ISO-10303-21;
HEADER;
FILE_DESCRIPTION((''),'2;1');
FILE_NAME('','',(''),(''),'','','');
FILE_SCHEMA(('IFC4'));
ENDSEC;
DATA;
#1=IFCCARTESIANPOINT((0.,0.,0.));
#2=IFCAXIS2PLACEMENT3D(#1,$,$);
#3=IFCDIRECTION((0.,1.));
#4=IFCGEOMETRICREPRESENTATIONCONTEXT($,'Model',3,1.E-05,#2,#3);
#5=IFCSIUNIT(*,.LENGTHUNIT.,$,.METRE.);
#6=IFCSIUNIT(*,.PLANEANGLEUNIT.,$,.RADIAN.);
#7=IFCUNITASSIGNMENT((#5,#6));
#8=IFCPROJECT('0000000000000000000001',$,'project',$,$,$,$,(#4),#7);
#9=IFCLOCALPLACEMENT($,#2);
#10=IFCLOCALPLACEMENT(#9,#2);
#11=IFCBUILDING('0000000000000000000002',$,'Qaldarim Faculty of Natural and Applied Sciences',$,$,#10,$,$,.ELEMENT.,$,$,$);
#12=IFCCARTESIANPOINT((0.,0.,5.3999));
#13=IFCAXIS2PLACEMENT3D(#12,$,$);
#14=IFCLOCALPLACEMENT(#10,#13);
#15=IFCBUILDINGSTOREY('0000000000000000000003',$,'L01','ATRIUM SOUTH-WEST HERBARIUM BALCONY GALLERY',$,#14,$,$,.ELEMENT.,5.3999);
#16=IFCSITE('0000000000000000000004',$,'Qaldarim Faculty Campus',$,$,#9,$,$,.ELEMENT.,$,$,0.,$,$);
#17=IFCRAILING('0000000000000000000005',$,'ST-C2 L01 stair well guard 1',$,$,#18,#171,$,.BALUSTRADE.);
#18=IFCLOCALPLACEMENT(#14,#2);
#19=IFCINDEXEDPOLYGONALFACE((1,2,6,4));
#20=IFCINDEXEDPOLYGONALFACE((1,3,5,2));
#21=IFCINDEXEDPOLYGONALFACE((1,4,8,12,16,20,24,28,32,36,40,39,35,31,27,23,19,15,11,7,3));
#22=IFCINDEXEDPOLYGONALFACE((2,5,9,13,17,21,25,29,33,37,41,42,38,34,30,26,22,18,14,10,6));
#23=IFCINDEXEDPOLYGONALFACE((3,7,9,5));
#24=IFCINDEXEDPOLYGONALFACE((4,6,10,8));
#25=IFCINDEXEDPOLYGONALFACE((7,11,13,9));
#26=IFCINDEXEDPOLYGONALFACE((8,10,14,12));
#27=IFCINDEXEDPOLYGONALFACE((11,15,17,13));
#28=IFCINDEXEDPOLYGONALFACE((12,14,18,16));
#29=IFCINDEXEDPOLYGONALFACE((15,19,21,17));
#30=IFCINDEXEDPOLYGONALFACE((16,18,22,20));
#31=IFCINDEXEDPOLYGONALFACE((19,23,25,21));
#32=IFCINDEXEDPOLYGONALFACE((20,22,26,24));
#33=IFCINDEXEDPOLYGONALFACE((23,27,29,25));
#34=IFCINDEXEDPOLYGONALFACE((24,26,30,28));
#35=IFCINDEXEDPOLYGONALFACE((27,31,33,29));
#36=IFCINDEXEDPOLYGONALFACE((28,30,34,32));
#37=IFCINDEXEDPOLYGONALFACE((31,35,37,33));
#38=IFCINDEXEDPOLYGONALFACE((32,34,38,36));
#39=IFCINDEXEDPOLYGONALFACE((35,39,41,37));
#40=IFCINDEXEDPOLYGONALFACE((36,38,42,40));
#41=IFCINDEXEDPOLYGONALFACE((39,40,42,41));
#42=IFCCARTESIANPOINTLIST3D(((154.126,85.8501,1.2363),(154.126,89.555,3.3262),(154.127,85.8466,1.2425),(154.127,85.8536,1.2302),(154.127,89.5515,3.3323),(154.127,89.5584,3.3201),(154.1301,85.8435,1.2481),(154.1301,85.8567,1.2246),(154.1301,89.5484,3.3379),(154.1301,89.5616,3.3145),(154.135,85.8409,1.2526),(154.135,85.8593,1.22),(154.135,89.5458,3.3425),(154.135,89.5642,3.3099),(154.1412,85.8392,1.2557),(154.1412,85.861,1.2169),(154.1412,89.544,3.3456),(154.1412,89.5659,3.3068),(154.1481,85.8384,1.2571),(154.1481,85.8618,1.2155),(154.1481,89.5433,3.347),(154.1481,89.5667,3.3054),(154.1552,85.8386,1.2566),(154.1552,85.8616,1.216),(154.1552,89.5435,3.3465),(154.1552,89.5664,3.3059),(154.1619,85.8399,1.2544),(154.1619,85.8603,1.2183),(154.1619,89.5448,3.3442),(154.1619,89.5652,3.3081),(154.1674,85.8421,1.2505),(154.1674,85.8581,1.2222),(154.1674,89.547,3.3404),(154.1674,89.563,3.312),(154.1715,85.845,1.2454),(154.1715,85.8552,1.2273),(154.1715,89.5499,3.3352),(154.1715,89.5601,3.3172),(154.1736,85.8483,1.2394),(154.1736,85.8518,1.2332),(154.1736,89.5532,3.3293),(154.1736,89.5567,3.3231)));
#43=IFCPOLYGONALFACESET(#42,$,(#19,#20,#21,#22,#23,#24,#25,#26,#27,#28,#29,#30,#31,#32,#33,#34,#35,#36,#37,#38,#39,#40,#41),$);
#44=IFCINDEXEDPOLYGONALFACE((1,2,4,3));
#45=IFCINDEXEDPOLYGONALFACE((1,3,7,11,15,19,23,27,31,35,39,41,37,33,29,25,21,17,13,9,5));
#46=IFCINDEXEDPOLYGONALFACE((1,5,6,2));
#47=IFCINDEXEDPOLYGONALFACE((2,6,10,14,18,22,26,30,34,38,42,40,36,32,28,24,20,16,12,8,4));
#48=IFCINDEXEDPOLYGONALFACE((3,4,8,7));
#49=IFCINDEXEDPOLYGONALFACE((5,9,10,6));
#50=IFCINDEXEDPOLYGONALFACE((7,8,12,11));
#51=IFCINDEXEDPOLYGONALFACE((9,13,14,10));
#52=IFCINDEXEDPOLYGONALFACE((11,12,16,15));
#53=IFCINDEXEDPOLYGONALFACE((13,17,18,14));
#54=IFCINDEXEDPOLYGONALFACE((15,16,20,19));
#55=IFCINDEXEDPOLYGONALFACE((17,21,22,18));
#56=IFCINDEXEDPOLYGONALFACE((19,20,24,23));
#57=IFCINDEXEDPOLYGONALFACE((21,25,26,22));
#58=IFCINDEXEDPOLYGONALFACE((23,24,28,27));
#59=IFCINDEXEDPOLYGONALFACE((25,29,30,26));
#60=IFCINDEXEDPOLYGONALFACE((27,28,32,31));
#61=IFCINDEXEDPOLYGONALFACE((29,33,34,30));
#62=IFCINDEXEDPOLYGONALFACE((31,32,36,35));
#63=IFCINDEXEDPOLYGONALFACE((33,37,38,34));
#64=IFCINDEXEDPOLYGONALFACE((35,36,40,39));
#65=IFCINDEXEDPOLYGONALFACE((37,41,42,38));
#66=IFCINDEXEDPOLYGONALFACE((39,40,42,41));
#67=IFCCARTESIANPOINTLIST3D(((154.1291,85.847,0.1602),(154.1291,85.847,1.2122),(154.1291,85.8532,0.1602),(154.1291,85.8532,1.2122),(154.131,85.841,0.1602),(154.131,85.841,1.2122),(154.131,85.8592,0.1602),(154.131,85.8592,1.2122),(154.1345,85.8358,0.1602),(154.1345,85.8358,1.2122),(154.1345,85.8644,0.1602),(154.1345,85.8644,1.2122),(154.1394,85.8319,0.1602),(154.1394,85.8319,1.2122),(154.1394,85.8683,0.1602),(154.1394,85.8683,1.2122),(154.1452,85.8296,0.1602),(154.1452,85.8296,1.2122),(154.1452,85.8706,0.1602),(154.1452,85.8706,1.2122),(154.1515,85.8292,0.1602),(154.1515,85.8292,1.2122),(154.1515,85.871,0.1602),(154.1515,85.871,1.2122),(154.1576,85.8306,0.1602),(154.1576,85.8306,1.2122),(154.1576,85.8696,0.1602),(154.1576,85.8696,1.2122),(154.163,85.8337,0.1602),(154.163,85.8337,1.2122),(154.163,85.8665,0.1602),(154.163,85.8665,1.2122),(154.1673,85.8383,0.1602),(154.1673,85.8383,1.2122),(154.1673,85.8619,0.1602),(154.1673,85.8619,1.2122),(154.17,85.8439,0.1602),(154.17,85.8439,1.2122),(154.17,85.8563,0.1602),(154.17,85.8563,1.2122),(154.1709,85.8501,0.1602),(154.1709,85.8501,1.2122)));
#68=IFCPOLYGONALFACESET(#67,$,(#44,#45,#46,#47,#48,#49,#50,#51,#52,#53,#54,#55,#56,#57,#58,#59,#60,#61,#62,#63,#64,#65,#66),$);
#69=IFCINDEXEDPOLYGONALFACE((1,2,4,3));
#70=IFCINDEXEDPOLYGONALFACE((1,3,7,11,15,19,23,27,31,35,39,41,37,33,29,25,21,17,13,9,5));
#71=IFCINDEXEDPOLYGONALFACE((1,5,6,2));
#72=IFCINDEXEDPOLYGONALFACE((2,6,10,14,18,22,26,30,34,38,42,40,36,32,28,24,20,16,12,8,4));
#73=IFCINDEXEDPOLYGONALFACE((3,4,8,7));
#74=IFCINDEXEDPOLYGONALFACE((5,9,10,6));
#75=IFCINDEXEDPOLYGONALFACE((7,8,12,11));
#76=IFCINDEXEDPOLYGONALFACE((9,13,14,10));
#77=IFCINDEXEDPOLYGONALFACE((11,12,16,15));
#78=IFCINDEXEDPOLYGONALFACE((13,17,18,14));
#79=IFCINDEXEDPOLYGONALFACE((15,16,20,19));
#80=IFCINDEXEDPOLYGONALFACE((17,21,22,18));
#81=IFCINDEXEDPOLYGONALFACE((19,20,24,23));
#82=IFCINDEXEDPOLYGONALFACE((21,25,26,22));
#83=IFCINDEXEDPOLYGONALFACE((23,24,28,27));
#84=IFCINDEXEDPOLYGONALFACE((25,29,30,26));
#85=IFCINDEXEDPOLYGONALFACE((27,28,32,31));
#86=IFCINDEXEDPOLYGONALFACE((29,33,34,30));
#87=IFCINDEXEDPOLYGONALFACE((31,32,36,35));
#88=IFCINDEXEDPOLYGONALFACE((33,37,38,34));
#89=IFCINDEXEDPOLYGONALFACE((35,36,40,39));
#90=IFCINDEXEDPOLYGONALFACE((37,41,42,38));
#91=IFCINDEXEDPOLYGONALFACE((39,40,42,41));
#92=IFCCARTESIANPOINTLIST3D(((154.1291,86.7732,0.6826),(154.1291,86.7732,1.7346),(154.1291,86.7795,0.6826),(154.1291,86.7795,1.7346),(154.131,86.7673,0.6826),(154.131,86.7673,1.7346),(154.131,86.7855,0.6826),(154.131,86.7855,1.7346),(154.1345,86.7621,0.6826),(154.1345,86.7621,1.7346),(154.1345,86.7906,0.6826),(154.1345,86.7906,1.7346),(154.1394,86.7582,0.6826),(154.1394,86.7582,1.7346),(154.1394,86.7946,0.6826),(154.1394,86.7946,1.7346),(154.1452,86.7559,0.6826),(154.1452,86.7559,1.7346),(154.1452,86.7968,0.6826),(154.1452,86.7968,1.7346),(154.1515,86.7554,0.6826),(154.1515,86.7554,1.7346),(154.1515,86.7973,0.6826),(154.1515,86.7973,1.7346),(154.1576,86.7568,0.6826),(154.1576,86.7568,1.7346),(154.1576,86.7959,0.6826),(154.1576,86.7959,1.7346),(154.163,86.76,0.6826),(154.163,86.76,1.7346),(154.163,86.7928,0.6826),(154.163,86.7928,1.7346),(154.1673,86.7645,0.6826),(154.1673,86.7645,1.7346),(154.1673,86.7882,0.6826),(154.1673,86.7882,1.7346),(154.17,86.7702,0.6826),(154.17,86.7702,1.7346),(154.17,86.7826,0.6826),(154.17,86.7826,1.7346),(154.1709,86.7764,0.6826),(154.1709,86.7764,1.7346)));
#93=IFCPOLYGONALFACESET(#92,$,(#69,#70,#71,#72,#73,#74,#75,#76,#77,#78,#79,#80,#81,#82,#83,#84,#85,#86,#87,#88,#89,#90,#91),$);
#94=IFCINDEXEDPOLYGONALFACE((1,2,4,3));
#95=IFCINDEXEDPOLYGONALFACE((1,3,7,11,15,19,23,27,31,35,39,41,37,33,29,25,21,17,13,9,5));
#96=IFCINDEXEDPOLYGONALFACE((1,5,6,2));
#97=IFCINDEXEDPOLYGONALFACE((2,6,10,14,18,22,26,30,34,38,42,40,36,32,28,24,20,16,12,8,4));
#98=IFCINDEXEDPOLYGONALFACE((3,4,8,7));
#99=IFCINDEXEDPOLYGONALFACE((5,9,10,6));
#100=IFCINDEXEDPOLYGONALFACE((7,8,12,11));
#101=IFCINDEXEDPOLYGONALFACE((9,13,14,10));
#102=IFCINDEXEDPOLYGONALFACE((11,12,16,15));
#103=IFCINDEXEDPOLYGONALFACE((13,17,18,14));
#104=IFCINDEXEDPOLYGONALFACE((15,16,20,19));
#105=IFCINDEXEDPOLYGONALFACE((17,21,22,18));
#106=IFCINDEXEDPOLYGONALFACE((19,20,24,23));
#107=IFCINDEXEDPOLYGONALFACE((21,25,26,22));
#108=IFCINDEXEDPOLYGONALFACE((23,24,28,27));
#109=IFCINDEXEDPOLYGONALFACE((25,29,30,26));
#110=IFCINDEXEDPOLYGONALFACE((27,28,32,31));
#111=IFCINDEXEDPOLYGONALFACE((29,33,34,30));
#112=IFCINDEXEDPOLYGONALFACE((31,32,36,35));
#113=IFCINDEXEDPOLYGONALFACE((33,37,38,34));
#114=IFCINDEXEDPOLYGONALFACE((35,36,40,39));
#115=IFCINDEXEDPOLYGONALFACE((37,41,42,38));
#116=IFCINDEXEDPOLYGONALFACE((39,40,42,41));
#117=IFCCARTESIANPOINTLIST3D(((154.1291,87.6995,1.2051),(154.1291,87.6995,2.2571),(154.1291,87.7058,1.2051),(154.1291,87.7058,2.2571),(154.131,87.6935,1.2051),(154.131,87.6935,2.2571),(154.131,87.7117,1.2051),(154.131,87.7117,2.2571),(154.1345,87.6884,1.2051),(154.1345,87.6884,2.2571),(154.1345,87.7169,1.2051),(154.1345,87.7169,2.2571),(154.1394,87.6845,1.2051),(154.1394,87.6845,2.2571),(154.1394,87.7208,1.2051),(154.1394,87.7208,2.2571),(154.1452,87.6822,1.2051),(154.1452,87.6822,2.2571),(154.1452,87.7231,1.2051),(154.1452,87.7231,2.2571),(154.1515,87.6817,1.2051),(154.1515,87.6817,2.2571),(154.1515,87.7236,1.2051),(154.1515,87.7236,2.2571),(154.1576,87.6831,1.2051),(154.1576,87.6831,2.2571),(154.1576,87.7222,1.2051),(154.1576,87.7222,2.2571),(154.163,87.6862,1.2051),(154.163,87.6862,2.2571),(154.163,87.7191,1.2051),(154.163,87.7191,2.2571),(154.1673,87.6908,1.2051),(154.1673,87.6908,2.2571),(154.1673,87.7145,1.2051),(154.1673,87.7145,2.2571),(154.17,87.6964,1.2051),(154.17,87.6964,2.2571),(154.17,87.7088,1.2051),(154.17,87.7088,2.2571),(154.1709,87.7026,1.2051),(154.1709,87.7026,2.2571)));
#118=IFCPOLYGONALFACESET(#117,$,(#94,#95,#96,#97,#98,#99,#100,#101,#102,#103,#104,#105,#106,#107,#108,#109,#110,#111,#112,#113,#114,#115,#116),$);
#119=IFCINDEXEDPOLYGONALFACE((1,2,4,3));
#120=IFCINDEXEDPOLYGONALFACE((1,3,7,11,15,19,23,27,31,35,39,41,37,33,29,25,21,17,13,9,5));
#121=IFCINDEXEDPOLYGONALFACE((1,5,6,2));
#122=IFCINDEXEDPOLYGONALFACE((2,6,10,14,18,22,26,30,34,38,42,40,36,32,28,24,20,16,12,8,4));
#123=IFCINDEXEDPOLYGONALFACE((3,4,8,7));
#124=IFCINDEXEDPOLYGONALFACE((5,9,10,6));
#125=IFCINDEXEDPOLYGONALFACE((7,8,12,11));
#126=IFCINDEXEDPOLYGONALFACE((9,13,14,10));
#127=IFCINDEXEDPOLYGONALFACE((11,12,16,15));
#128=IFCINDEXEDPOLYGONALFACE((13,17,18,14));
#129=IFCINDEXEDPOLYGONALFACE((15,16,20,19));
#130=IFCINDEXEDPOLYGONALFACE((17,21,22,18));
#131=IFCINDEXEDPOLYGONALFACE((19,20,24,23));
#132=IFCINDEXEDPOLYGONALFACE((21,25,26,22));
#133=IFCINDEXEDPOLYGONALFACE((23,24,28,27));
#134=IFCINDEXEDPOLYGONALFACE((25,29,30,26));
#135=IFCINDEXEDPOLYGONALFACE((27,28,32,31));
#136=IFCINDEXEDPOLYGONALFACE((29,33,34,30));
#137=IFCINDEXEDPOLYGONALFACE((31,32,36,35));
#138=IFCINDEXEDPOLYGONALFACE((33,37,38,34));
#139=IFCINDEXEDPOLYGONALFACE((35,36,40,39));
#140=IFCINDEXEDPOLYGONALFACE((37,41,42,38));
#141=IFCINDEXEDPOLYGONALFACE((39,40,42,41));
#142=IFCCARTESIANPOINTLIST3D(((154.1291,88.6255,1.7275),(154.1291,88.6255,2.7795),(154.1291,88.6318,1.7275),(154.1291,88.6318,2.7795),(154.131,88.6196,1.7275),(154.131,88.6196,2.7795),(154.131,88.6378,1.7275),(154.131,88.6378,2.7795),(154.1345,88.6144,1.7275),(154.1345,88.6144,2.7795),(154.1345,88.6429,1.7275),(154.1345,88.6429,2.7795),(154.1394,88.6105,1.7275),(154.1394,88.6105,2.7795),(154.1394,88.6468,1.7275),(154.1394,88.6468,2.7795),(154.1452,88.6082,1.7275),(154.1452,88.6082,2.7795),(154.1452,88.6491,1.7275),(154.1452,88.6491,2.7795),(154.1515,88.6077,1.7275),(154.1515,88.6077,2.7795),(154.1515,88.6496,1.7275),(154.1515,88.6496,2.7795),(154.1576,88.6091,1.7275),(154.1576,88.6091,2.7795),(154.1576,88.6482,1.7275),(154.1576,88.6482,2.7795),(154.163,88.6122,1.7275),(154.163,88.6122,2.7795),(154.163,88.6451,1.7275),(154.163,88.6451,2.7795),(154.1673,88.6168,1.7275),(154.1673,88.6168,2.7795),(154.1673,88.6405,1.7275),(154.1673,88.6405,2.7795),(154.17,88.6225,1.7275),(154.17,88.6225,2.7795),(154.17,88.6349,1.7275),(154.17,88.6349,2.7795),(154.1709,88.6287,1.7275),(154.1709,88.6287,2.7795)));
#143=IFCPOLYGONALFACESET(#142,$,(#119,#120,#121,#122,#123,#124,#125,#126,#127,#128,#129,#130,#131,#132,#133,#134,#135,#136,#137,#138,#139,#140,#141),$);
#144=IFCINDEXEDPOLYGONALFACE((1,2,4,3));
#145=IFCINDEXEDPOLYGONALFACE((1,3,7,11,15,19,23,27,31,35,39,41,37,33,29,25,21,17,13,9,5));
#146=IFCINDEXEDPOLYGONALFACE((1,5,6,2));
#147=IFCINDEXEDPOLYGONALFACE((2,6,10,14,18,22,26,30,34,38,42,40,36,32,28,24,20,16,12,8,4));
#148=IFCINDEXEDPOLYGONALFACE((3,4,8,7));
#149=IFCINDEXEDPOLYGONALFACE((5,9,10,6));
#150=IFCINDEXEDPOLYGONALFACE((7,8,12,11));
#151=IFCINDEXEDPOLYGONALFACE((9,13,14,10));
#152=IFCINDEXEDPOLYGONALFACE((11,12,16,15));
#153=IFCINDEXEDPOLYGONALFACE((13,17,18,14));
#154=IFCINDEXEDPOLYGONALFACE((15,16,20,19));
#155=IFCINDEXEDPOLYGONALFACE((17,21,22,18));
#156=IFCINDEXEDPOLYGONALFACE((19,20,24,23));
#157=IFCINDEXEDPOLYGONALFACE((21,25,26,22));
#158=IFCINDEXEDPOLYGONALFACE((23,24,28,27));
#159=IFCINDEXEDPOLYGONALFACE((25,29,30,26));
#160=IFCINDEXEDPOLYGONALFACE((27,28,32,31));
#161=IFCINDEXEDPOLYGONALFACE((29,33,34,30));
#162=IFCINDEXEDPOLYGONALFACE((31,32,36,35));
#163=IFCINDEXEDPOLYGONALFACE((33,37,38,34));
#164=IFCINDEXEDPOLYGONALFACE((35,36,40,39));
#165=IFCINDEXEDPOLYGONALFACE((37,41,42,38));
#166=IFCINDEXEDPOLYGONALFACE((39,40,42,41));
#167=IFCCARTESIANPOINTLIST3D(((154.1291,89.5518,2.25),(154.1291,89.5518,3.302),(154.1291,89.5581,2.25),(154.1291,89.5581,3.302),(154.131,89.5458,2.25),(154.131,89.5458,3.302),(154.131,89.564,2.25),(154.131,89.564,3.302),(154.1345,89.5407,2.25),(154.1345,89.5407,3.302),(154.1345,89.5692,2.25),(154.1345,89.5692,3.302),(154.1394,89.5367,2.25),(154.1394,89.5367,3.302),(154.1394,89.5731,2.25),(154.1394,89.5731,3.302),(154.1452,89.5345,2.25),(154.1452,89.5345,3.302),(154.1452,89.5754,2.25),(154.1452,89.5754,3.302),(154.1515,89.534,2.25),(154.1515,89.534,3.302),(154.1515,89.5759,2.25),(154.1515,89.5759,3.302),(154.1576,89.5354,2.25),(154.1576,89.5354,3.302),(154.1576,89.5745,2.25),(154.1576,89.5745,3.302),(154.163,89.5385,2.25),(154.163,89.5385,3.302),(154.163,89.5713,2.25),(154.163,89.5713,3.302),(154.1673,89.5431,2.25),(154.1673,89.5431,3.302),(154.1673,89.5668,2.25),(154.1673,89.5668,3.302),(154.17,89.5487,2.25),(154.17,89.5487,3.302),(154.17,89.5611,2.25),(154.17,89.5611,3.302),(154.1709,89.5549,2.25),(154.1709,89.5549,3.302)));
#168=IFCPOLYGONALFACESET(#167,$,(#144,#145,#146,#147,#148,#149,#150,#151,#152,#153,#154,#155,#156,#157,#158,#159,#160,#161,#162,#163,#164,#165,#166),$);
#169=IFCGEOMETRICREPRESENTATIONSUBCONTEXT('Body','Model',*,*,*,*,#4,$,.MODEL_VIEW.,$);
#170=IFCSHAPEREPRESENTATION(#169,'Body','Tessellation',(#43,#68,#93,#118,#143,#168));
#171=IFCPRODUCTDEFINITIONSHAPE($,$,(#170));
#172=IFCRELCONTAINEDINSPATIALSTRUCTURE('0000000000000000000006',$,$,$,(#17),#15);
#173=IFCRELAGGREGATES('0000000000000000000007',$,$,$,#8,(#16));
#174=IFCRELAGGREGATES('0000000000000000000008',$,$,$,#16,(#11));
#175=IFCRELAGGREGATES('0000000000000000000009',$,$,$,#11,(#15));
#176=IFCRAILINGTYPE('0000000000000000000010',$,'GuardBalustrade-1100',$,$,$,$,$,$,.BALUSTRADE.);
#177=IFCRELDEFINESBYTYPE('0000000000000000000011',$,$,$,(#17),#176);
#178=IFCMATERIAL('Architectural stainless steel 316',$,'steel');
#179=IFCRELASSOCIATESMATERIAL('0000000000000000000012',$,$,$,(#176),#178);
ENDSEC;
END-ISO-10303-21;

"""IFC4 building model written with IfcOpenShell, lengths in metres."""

from ifc_helpers import new_model, si_unit, direction, frame, origin, origin_2d, place, context, subcontext, project, spatial, circle, extrude, material, type_object, element, save


model = new_model("IFC4")

# Units and contexts
model_context = context("Model", 3, precision=1e-05, world=origin(), true_north=direction((0.0, 1.0)))
body_context = subcontext(model_context, "Body", "Model", "MODEL_VIEW")
ifc_project = project(units=[si_unit("LENGTHUNIT", "METRE"), si_unit("PLANEANGLEUNIT", "RADIAN")], contexts=[model_context])

# Site, building, storey
site_placement = place(None, origin())
site = spatial("IfcSite", under=ifc_project, at=site_placement, Name="Qaldarim Faculty Campus", CompositionType="ELEMENT", RefElevation=0.0)
building_placement = place(site_placement, origin())
building = spatial("IfcBuilding", under=site, at=building_placement, Name="Qaldarim Faculty of Natural and Applied Sciences", CompositionType="ELEMENT")
storey_placement = place(building_placement, frame((0.0, 0.0, 5.3999)))
storey = spatial("IfcBuildingStorey", under=building, at=storey_placement, Name="L01", Description="ATRIUM SOUTH-WEST HERBARIUM BALCONY GALLERY", CompositionType="ELEMENT", Elevation=5.3999)

# Shared definitions
ifc_material_1 = material(Name="Architectural stainless steel 316", Category="steel")

# Railing
railing_type_1 = type_object("IfcRailingType", Name="GuardBalustrade-1100", PredefinedType="BALUSTRADE", material=ifc_material_1)
railing_1_placement = place(storey_placement, frame((154.1499, 85.8501, 0.1602)))
element("IfcRailing", 1, at=railing_1_placement, inside=storey, type_object=railing_type_1, Name="ST-C2 L01 stair well guard 1", PredefinedType="BALUSTRADE", context=body_context, shape_type="SweptSolid", body=[
    extrude(circle(Radius=0.0239, at=origin_2d()), frame((0.0, 0.0, 1.0762), z_axis=(0.0, 0.870985, 0.49131), x_axis=(-1.0, 0.0, 0.0)), (0.0, 0.0, 1.0), 4.2537),
    extrude(circle(Radius=0.021, at=origin_2d()), origin(), (0.0, 0.0, 1.0), 1.052),
    extrude(circle(Radius=0.021, at=origin_2d()), frame((0.0, 0.9263, 0.5225)), (0.0, 0.0, 1.0), 1.052),
    extrude(circle(Radius=0.021, at=origin_2d()), frame((0.0, 1.8525, 1.0449)), (0.0, 0.0, 1.0), 1.052),
    extrude(circle(Radius=0.021, at=origin_2d()), frame((0.0, 2.7786, 1.5674)), (0.0, 0.0, 1.0), 1.052),
    extrude(circle(Radius=0.021, at=origin_2d()), frame((0.0, 3.7048, 2.0898)), (0.0, 0.0, 1.0), 1.052),
])

save(model, "model.ifc")
